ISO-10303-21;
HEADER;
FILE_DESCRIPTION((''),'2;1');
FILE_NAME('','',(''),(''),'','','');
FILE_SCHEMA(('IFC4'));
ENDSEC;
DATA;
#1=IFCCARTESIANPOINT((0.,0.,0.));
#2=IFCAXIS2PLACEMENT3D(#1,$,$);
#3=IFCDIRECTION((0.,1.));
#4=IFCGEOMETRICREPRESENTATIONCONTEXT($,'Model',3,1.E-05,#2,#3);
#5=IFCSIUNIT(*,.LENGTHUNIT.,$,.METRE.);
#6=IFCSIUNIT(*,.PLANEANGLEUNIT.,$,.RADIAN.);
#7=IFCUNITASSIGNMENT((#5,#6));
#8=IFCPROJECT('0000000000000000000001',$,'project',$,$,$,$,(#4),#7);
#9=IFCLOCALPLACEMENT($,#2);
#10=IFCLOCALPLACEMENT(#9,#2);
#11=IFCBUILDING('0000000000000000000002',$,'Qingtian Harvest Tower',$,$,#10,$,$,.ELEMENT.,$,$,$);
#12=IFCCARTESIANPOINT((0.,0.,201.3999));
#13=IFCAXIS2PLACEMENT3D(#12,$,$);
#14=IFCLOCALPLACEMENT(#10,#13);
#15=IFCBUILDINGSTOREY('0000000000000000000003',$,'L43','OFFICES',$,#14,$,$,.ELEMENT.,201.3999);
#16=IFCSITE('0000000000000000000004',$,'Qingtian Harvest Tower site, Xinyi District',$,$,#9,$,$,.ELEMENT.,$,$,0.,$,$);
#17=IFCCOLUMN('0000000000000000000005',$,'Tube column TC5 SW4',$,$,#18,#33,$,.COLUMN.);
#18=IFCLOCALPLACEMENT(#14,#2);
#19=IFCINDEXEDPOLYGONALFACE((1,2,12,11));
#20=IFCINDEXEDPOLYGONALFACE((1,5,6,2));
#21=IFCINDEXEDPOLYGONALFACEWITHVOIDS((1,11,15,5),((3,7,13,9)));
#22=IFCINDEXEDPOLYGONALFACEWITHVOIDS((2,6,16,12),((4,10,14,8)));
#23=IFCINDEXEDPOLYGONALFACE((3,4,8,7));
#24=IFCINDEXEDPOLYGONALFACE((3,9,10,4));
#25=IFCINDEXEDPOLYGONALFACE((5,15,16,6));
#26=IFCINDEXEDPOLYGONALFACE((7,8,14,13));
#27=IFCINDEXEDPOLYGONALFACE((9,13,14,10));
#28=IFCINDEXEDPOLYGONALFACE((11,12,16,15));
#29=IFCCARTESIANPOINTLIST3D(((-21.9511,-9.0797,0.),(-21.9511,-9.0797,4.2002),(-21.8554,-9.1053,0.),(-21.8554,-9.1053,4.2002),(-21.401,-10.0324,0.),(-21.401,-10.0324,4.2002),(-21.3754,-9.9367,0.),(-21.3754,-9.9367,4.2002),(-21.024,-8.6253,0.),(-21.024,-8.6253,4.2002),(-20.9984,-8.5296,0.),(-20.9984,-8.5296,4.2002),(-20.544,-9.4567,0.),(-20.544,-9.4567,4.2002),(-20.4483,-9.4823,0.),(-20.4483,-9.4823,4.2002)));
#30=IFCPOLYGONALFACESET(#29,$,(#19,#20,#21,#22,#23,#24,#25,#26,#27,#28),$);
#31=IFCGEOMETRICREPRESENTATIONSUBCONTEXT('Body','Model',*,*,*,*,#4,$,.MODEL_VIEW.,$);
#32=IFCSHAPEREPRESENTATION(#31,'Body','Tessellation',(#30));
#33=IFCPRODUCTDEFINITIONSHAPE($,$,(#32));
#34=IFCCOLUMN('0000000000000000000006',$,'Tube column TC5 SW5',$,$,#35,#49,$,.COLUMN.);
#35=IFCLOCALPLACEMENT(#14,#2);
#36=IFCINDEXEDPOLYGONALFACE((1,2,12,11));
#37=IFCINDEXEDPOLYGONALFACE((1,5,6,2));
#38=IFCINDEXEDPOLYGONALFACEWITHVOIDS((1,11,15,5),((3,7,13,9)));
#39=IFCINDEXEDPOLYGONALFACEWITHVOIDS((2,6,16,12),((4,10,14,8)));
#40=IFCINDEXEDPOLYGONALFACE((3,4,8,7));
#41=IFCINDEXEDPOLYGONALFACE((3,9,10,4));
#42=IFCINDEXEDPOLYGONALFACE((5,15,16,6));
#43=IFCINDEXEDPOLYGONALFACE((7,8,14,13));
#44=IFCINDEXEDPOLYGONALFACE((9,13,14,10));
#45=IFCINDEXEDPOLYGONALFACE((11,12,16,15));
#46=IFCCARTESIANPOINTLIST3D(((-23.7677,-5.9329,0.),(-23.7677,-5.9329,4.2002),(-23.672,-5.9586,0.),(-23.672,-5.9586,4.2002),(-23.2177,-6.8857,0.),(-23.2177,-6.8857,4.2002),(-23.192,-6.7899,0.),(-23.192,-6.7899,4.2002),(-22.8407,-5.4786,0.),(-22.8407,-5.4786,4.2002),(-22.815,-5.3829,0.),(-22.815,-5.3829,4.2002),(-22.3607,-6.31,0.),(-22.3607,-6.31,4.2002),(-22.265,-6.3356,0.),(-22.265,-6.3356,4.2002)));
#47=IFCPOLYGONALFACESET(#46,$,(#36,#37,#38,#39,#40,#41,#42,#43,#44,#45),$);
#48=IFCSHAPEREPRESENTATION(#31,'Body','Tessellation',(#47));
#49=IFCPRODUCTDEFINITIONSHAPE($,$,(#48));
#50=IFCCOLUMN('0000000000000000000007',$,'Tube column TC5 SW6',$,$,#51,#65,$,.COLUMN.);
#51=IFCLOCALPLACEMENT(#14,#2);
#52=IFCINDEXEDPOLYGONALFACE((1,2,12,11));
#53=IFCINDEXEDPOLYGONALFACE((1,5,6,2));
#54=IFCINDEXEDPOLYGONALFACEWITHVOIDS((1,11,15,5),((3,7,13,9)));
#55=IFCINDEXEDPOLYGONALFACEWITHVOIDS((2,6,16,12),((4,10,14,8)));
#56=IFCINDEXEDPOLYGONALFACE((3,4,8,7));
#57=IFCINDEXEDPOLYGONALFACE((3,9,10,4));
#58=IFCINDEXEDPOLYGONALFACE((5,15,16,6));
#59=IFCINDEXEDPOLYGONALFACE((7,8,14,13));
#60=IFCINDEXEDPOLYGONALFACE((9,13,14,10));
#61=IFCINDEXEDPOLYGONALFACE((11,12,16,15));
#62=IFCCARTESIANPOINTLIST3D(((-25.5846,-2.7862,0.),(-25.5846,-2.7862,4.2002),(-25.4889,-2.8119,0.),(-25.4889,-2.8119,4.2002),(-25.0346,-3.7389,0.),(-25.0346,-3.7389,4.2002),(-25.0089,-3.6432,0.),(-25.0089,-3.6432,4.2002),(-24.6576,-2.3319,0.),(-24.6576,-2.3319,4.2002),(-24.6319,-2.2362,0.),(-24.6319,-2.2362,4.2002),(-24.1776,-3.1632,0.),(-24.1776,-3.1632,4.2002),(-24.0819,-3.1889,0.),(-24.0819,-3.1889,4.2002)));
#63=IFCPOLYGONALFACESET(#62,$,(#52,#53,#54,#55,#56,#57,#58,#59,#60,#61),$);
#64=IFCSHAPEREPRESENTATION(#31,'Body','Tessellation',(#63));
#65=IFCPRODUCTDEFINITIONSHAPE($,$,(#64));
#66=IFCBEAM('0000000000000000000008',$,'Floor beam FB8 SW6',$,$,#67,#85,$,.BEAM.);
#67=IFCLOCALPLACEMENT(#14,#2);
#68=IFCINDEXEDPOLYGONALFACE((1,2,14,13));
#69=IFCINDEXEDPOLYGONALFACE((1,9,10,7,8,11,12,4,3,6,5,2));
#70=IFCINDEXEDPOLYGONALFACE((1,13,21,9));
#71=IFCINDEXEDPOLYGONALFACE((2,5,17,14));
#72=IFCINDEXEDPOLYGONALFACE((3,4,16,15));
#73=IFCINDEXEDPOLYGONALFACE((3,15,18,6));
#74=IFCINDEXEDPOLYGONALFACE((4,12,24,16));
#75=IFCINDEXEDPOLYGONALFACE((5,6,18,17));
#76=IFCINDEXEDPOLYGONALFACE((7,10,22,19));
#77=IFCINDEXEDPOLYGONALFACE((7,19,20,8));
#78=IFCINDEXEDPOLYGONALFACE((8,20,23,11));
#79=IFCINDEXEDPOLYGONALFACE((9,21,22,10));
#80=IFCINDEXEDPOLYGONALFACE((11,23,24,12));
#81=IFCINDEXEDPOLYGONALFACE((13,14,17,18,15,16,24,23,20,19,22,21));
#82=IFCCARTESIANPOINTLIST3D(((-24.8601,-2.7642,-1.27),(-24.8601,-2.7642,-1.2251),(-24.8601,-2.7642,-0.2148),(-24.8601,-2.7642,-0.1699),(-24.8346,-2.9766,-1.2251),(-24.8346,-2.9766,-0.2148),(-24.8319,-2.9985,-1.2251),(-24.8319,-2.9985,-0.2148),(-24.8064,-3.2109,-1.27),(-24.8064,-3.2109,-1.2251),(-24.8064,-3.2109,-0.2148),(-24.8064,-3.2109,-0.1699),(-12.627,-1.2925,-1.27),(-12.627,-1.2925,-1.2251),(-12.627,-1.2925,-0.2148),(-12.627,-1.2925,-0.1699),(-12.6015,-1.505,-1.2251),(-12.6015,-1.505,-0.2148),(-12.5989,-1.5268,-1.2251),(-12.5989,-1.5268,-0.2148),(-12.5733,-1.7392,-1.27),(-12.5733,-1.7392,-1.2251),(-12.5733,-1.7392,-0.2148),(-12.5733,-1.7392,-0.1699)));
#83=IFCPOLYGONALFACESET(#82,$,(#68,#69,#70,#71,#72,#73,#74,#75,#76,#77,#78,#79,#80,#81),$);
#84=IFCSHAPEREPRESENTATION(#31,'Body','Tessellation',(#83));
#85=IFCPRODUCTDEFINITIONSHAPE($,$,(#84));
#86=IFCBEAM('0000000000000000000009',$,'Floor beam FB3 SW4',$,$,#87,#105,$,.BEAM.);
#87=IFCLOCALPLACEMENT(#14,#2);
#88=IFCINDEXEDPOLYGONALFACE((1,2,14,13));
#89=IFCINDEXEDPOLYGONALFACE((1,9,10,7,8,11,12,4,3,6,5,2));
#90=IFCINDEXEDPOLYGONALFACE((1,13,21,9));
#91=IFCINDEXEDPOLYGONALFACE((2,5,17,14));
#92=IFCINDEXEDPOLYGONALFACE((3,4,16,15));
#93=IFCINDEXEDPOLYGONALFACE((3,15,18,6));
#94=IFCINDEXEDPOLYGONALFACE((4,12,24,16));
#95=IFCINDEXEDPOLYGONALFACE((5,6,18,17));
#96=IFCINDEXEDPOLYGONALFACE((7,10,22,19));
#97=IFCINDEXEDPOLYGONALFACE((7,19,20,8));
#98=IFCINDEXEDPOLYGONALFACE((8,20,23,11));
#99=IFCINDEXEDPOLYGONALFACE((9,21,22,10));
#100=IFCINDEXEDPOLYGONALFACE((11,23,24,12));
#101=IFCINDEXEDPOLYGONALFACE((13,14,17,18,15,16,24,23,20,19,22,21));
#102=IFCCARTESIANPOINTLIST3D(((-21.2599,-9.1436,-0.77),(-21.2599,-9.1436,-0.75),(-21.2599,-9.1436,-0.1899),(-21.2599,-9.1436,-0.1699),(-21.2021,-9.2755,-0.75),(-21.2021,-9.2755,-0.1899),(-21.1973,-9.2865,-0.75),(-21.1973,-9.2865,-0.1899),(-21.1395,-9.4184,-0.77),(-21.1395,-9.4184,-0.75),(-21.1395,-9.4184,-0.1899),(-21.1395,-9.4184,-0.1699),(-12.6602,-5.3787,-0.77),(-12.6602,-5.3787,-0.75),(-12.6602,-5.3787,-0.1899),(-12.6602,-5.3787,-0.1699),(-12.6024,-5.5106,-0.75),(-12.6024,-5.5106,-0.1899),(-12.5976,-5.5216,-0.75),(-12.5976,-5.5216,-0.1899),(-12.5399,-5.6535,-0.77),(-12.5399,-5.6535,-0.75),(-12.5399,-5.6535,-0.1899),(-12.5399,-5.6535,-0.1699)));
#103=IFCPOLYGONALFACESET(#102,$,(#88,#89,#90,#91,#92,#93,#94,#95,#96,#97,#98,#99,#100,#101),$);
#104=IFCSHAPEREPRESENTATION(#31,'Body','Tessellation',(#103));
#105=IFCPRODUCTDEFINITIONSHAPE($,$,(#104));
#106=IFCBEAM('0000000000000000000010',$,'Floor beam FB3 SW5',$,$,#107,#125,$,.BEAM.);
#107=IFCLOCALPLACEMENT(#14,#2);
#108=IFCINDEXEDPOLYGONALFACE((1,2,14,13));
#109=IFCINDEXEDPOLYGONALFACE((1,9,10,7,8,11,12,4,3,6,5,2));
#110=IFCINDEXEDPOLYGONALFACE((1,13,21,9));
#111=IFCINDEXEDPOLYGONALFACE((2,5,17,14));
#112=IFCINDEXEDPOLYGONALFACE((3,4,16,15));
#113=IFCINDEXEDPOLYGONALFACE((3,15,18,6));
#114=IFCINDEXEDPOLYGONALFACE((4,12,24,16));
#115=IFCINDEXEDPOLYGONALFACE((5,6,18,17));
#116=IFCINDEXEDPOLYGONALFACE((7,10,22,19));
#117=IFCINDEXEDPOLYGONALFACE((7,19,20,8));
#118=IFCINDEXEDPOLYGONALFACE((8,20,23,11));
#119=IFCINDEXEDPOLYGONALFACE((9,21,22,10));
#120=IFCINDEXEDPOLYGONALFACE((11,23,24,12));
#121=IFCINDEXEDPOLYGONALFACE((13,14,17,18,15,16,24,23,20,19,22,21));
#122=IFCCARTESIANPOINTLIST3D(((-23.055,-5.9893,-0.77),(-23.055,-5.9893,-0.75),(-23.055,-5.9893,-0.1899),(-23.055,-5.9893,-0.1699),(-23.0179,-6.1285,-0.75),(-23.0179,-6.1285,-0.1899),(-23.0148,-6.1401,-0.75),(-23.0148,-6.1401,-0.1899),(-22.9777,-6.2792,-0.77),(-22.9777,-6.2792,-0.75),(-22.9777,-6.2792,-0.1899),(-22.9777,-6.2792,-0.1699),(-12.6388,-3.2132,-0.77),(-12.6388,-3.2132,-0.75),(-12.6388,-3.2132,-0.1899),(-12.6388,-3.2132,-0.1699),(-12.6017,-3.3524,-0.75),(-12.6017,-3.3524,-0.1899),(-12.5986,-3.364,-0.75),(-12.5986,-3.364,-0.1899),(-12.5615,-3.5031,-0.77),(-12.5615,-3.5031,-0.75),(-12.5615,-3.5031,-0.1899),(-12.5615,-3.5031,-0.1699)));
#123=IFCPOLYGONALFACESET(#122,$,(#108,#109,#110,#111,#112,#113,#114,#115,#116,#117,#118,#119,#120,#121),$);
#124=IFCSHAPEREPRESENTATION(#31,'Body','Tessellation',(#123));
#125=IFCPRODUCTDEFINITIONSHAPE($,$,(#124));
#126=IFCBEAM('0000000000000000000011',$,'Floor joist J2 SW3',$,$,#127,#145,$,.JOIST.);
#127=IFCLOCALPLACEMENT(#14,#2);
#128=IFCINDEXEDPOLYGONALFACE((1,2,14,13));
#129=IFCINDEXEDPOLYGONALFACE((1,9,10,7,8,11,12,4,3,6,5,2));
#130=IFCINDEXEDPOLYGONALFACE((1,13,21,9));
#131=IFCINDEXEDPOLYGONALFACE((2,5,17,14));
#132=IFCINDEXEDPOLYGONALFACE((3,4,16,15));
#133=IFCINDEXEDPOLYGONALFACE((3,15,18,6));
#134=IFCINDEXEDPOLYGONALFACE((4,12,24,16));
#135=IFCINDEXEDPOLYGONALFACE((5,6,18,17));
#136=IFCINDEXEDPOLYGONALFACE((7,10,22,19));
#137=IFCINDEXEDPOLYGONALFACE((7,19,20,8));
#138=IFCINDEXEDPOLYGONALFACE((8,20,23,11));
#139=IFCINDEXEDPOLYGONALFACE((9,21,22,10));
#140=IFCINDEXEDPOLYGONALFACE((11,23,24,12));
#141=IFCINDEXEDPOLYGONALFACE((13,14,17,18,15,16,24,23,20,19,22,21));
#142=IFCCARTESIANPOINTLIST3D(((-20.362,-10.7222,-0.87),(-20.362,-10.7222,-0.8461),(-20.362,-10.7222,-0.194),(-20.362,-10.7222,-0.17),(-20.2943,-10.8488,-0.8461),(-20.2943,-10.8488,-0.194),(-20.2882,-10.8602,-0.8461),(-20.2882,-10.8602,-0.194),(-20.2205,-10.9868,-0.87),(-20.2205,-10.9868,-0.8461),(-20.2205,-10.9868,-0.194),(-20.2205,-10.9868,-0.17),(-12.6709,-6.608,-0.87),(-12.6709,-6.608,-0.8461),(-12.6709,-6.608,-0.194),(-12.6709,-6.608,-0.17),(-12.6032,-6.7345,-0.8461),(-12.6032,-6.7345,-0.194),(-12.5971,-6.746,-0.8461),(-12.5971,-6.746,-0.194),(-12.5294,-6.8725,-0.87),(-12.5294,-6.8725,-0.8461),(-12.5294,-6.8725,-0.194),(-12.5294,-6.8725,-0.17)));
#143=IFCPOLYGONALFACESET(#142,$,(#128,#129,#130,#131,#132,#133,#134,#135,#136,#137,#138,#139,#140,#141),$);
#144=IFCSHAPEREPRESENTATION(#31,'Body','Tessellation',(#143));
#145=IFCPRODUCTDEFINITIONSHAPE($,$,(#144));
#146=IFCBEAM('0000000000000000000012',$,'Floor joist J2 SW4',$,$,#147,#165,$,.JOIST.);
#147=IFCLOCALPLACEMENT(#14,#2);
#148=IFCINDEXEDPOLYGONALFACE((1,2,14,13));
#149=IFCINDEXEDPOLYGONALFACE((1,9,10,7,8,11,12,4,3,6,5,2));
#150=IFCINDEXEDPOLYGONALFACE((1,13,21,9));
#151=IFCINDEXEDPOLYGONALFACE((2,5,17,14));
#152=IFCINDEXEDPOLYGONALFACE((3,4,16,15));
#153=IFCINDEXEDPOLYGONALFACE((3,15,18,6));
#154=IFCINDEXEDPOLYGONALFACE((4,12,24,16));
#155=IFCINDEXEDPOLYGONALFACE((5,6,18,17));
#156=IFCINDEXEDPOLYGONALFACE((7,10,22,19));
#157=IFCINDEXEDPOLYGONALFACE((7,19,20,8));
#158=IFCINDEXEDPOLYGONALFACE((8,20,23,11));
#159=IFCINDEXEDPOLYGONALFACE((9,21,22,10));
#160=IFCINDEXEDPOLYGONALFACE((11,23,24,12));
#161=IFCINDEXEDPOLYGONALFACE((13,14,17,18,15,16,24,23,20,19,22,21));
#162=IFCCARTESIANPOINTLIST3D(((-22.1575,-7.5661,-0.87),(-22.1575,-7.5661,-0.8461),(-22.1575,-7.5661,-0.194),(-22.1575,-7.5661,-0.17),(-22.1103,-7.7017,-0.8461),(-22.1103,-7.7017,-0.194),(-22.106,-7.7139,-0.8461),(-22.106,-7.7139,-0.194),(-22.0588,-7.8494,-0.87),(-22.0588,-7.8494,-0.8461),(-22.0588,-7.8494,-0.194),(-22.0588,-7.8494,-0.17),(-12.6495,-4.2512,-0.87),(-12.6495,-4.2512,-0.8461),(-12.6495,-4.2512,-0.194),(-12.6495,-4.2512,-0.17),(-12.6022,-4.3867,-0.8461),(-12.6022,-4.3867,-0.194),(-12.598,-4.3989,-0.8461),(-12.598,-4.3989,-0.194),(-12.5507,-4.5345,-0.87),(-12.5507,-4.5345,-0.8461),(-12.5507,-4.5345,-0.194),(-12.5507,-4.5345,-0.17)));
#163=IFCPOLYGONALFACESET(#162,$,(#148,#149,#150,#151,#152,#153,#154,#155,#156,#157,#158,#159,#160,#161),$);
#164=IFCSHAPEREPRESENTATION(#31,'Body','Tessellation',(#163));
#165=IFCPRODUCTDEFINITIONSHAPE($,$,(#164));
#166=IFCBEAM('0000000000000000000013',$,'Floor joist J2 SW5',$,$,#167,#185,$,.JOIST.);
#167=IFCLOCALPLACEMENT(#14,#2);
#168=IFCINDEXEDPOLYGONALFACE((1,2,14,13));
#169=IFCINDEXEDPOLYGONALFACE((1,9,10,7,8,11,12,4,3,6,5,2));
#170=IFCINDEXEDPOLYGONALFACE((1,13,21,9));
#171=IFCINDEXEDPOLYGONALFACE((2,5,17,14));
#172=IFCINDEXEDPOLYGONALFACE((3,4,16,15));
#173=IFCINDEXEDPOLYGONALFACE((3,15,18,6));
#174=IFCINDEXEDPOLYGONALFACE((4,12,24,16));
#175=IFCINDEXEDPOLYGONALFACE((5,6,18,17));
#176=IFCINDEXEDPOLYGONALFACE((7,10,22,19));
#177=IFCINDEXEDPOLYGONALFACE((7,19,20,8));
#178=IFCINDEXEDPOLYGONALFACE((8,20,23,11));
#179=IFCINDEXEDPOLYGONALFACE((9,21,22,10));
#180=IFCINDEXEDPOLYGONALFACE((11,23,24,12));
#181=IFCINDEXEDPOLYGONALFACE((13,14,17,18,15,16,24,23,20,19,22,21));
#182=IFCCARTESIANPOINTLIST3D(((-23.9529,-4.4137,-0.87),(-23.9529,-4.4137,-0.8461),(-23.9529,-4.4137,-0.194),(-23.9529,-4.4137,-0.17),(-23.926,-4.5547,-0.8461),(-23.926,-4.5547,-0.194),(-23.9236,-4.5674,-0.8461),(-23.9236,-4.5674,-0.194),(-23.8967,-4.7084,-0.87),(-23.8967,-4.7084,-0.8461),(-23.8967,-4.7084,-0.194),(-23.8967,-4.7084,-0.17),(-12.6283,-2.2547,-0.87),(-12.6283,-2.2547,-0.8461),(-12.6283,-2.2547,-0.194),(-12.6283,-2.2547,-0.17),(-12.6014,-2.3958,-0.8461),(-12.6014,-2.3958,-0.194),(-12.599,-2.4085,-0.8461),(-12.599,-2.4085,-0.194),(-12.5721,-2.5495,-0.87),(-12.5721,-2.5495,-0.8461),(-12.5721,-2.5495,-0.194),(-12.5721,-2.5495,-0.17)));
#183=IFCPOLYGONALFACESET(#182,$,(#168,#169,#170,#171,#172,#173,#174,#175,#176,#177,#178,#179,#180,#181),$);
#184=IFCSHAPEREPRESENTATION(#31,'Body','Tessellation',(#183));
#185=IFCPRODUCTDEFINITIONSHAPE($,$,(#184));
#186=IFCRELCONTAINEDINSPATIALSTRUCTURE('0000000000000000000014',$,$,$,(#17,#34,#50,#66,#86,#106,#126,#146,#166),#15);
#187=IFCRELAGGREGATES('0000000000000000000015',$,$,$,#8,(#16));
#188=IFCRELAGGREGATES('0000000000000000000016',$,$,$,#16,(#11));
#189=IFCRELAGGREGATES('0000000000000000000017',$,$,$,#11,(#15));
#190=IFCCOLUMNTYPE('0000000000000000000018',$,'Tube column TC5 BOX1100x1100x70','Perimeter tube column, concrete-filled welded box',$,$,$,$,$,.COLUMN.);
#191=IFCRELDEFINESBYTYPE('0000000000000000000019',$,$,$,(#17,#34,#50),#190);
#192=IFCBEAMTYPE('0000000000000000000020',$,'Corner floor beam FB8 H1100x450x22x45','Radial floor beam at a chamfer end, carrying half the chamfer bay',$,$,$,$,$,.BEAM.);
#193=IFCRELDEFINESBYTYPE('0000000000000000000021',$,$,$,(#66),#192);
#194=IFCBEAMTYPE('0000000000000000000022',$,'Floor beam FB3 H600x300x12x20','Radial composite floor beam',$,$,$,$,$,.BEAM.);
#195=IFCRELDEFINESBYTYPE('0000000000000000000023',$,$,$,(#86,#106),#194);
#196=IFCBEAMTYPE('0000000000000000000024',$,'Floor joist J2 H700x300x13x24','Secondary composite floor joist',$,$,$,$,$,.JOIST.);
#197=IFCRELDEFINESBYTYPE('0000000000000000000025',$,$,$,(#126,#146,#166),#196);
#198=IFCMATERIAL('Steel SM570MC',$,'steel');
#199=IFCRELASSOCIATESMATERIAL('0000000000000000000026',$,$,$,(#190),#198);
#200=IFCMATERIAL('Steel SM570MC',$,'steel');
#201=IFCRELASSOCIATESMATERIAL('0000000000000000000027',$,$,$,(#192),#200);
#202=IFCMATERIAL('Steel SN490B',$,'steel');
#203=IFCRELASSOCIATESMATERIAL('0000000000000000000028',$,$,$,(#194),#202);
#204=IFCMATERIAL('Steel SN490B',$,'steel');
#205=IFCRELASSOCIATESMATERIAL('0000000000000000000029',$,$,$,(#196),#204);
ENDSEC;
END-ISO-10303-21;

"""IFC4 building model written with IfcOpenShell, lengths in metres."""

from ifc_helpers import new_model, si_unit, direction, frame, origin, origin_2d, place, context, subcontext, project, spatial, hollow_rectangle, i_section, extrude, material, material_profile, profile_set, type_object, element, save


model = new_model("IFC4")

# Units and contexts
model_context = context("Model", 3, precision=1e-05, world=origin(), true_north=direction((0.0, 1.0)))
body_context = subcontext(model_context, "Body", "Model", "MODEL_VIEW")
ifc_project = project(units=[si_unit("LENGTHUNIT", "METRE"), si_unit("PLANEANGLEUNIT", "RADIAN")], contexts=[model_context])

# Site, building, storey
site_placement = place(None, origin())
site = spatial("IfcSite", under=ifc_project, at=site_placement, Name="Qingtian Harvest Tower site, Xinyi District", CompositionType="ELEMENT", RefElevation=0.0)
building_placement = place(site_placement, origin())
building = spatial("IfcBuilding", under=site, at=building_placement, Name="Qingtian Harvest Tower", CompositionType="ELEMENT")
storey_placement = place(building_placement, frame((0.0, 0.0, 201.3999)))
storey = spatial("IfcBuildingStorey", under=building, at=storey_placement, Name="L43", Description="OFFICES", CompositionType="ELEMENT", Elevation=201.3999)

# Columns
ifc_material_1 = material(Name="Steel SM570MC", Category="steel")
ifc_material_profile_1 = material_profile(ifc_material_1, hollow_rectangle(XDim=1.1001, YDim=1.1001, WallThickness=0.0701, at=origin_2d()), Name="BOX1100x1100x70")
ifc_profile_set_1 = profile_set([ifc_material_profile_1], Name="Steel SM570MC")
column_type = type_object("IfcColumnType", Name="Tube column TC5 BOX1100x1100x70", Description="Perimeter tube column, concrete-filled welded box", PredefinedType="COLUMN", material=ifc_profile_set_1)
for number, where, z_axis, x_axis, name in (
    (1, (-21.1997, -9.281, 0.0), (0.0, 0.0, 1.0), (0.5, -0.866025, 0.0), "Tube column TC5 SW4"),
    (2, (-23.0164, -6.1343, 0.0), (0.0, 0.0, 1.0), (0.5, -0.866025, 0.0), "Tube column TC5 SW5"),
    (3, (-24.8333, -2.9875, 0.0), (0.0, 0.0, 1.0), (0.5, -0.866025, 0.0), "Tube column TC5 SW6"),
):
    element("IfcColumn", number, at=place(storey_placement, frame(where, z_axis=z_axis, x_axis=x_axis)), inside=storey, type_object=column_type, Name=name, PredefinedType="COLUMN", context=body_context, shape_type="SweptSolid", body=[
        extrude(hollow_rectangle(XDim=1.1001, YDim=1.1001, WallThickness=0.0701, at=origin_2d()), origin(), (0.0, 0.0, 1.0), 4.2002),
    ])

# Beams
ifc_material_2 = material(Name="Steel SM570MC", Category="steel")
ifc_material_profile_2 = material_profile(ifc_material_2, i_section(OverallWidth=0.45, OverallDepth=1.1001, WebThickness=0.022, FlangeThickness=0.0449, at=origin_2d()), Name="H1100x450x22x45")
ifc_profile_set_2 = profile_set([ifc_material_profile_2], Name="Steel SM570MC")
beam_type_1 = type_object("IfcBeamType", Name="Corner floor beam FB8 H1100x450x22x45", Description="Radial floor beam at a chamfer end, carrying half the chamfer bay", PredefinedType="BEAM", material=ifc_profile_set_2)
beam_1_placement = place(storey_placement, frame((-24.8333, -2.9875, -0.72), z_axis=(0.992841, 0.119441, 0.0), x_axis=(-0.119441, 0.992841, 0.0)))
element("IfcBeam", 4, at=beam_1_placement, inside=storey, type_object=beam_type_1, Name="Floor beam FB8 SW6", PredefinedType="BEAM", context=body_context, shape_type="SweptSolid", body=[
    extrude(i_section(OverallWidth=0.45, OverallDepth=1.1001, WebThickness=0.022, FlangeThickness=0.0449, at=origin_2d()), origin(), (0.0, 0.0, 1.0), 12.3213),
])
ifc_material_3 = material(Name="Steel SN490B", Category="steel")
ifc_material_profile_3 = material_profile(ifc_material_3, i_section(OverallWidth=0.3, OverallDepth=0.6001, WebThickness=0.012, FlangeThickness=0.02, at=origin_2d()), Name="H600x300x12x20")
ifc_profile_set_3 = profile_set([ifc_material_profile_3], Name="Steel SN490B")
beam_type_2 = type_object("IfcBeamType", Name="Floor beam FB3 H600x300x12x20", Description="Radial composite floor beam", PredefinedType="BEAM", material=ifc_profile_set_3)
beam_2_placement = place(storey_placement, frame((-21.1997, -9.281, -0.47), z_axis=(0.916057, 0.401048, 0.0), x_axis=(-0.401048, 0.916057, 0.0)))
element("IfcBeam", 5, at=beam_2_placement, inside=storey, type_object=beam_type_2, Name="Floor beam FB3 SW4", PredefinedType="BEAM", context=body_context, shape_type="SweptSolid", body=[
    extrude(i_section(OverallWidth=0.3, OverallDepth=0.6001, WebThickness=0.012, FlangeThickness=0.02, at=origin_2d()), origin(), (0.0, 0.0, 1.0), 9.3877),
])
beam_3_placement = place(storey_placement, frame((-23.0164, -6.1343, -0.47), z_axis=(0.966271, 0.257529, 0.0), x_axis=(-0.257529, 0.966271, 0.0)))
element("IfcBeam", 6, at=beam_3_placement, inside=storey, type_object=beam_type_2, Name="Floor beam FB3 SW5", PredefinedType="BEAM", context=body_context, shape_type="SweptSolid", body=[
    extrude(i_section(OverallWidth=0.3, OverallDepth=0.6001, WebThickness=0.012, FlangeThickness=0.02, at=origin_2d()), origin(), (0.0, 0.0, 1.0), 10.7798),
])
ifc_material_4 = material(Name="Steel SN490B", Category="steel")
ifc_material_profile_4 = material_profile(ifc_material_4, i_section(OverallWidth=0.3, OverallDepth=0.7, WebThickness=0.0129, FlangeThickness=0.0239, at=origin_2d()), Name="H700x300x13x24")
ifc_profile_set_4 = profile_set([ifc_material_profile_4], Name="Steel SN490B")
beam_type_3 = type_object("IfcBeamType", Name="Floor joist J2 H700x300x13x24", Description="Secondary composite floor joist", PredefinedType="JOIST", material=ifc_profile_set_4)
beam_4_placement = place(storey_placement, frame((-20.2913, -10.8545, -0.52), z_axis=(0.881767, 0.471686, 0.0), x_axis=(-0.471686, 0.881767, 0.0)))
element("IfcBeam", 7, at=beam_4_placement, inside=storey, type_object=beam_type_3, Name="Floor joist J2 SW3", PredefinedType="JOIST", context=body_context, shape_type="SweptSolid", body=[
    extrude(i_section(OverallWidth=0.3, OverallDepth=0.7, WebThickness=0.0129, FlangeThickness=0.0239, at=origin_2d()), origin(), (0.0, 0.0, 1.0), 8.7224),
])
beam_5_placement = place(storey_placement, frame((-22.1082, -7.7078, -0.52), z_axis=(0.944256, 0.329211, 0.0), x_axis=(-0.329211, 0.944256, 0.0)))
element("IfcBeam", 8, at=beam_5_placement, inside=storey, type_object=beam_type_3, Name="Floor joist J2 SW4", PredefinedType="JOIST", context=body_context, shape_type="SweptSolid", body=[
    extrude(i_section(OverallWidth=0.3, OverallDepth=0.7, WebThickness=0.0129, FlangeThickness=0.0239, at=origin_2d()), origin(), (0.0, 0.0, 1.0), 10.0693),
])
beam_6_placement = place(storey_placement, frame((-23.9248, -4.561, -0.52), z_axis=(0.982309, 0.187267, 0.0), x_axis=(-0.187267, 0.982309, 0.0)))
element("IfcBeam", 9, at=beam_6_placement, inside=storey, type_object=beam_type_3, Name="Floor joist J2 SW5", PredefinedType="JOIST", context=body_context, shape_type="SweptSolid", body=[
    extrude(i_section(OverallWidth=0.3, OverallDepth=0.7, WebThickness=0.0129, FlangeThickness=0.0239, at=origin_2d()), origin(), (0.0, 0.0, 1.0), 11.5286),
])

save(model, "model.ifc")
